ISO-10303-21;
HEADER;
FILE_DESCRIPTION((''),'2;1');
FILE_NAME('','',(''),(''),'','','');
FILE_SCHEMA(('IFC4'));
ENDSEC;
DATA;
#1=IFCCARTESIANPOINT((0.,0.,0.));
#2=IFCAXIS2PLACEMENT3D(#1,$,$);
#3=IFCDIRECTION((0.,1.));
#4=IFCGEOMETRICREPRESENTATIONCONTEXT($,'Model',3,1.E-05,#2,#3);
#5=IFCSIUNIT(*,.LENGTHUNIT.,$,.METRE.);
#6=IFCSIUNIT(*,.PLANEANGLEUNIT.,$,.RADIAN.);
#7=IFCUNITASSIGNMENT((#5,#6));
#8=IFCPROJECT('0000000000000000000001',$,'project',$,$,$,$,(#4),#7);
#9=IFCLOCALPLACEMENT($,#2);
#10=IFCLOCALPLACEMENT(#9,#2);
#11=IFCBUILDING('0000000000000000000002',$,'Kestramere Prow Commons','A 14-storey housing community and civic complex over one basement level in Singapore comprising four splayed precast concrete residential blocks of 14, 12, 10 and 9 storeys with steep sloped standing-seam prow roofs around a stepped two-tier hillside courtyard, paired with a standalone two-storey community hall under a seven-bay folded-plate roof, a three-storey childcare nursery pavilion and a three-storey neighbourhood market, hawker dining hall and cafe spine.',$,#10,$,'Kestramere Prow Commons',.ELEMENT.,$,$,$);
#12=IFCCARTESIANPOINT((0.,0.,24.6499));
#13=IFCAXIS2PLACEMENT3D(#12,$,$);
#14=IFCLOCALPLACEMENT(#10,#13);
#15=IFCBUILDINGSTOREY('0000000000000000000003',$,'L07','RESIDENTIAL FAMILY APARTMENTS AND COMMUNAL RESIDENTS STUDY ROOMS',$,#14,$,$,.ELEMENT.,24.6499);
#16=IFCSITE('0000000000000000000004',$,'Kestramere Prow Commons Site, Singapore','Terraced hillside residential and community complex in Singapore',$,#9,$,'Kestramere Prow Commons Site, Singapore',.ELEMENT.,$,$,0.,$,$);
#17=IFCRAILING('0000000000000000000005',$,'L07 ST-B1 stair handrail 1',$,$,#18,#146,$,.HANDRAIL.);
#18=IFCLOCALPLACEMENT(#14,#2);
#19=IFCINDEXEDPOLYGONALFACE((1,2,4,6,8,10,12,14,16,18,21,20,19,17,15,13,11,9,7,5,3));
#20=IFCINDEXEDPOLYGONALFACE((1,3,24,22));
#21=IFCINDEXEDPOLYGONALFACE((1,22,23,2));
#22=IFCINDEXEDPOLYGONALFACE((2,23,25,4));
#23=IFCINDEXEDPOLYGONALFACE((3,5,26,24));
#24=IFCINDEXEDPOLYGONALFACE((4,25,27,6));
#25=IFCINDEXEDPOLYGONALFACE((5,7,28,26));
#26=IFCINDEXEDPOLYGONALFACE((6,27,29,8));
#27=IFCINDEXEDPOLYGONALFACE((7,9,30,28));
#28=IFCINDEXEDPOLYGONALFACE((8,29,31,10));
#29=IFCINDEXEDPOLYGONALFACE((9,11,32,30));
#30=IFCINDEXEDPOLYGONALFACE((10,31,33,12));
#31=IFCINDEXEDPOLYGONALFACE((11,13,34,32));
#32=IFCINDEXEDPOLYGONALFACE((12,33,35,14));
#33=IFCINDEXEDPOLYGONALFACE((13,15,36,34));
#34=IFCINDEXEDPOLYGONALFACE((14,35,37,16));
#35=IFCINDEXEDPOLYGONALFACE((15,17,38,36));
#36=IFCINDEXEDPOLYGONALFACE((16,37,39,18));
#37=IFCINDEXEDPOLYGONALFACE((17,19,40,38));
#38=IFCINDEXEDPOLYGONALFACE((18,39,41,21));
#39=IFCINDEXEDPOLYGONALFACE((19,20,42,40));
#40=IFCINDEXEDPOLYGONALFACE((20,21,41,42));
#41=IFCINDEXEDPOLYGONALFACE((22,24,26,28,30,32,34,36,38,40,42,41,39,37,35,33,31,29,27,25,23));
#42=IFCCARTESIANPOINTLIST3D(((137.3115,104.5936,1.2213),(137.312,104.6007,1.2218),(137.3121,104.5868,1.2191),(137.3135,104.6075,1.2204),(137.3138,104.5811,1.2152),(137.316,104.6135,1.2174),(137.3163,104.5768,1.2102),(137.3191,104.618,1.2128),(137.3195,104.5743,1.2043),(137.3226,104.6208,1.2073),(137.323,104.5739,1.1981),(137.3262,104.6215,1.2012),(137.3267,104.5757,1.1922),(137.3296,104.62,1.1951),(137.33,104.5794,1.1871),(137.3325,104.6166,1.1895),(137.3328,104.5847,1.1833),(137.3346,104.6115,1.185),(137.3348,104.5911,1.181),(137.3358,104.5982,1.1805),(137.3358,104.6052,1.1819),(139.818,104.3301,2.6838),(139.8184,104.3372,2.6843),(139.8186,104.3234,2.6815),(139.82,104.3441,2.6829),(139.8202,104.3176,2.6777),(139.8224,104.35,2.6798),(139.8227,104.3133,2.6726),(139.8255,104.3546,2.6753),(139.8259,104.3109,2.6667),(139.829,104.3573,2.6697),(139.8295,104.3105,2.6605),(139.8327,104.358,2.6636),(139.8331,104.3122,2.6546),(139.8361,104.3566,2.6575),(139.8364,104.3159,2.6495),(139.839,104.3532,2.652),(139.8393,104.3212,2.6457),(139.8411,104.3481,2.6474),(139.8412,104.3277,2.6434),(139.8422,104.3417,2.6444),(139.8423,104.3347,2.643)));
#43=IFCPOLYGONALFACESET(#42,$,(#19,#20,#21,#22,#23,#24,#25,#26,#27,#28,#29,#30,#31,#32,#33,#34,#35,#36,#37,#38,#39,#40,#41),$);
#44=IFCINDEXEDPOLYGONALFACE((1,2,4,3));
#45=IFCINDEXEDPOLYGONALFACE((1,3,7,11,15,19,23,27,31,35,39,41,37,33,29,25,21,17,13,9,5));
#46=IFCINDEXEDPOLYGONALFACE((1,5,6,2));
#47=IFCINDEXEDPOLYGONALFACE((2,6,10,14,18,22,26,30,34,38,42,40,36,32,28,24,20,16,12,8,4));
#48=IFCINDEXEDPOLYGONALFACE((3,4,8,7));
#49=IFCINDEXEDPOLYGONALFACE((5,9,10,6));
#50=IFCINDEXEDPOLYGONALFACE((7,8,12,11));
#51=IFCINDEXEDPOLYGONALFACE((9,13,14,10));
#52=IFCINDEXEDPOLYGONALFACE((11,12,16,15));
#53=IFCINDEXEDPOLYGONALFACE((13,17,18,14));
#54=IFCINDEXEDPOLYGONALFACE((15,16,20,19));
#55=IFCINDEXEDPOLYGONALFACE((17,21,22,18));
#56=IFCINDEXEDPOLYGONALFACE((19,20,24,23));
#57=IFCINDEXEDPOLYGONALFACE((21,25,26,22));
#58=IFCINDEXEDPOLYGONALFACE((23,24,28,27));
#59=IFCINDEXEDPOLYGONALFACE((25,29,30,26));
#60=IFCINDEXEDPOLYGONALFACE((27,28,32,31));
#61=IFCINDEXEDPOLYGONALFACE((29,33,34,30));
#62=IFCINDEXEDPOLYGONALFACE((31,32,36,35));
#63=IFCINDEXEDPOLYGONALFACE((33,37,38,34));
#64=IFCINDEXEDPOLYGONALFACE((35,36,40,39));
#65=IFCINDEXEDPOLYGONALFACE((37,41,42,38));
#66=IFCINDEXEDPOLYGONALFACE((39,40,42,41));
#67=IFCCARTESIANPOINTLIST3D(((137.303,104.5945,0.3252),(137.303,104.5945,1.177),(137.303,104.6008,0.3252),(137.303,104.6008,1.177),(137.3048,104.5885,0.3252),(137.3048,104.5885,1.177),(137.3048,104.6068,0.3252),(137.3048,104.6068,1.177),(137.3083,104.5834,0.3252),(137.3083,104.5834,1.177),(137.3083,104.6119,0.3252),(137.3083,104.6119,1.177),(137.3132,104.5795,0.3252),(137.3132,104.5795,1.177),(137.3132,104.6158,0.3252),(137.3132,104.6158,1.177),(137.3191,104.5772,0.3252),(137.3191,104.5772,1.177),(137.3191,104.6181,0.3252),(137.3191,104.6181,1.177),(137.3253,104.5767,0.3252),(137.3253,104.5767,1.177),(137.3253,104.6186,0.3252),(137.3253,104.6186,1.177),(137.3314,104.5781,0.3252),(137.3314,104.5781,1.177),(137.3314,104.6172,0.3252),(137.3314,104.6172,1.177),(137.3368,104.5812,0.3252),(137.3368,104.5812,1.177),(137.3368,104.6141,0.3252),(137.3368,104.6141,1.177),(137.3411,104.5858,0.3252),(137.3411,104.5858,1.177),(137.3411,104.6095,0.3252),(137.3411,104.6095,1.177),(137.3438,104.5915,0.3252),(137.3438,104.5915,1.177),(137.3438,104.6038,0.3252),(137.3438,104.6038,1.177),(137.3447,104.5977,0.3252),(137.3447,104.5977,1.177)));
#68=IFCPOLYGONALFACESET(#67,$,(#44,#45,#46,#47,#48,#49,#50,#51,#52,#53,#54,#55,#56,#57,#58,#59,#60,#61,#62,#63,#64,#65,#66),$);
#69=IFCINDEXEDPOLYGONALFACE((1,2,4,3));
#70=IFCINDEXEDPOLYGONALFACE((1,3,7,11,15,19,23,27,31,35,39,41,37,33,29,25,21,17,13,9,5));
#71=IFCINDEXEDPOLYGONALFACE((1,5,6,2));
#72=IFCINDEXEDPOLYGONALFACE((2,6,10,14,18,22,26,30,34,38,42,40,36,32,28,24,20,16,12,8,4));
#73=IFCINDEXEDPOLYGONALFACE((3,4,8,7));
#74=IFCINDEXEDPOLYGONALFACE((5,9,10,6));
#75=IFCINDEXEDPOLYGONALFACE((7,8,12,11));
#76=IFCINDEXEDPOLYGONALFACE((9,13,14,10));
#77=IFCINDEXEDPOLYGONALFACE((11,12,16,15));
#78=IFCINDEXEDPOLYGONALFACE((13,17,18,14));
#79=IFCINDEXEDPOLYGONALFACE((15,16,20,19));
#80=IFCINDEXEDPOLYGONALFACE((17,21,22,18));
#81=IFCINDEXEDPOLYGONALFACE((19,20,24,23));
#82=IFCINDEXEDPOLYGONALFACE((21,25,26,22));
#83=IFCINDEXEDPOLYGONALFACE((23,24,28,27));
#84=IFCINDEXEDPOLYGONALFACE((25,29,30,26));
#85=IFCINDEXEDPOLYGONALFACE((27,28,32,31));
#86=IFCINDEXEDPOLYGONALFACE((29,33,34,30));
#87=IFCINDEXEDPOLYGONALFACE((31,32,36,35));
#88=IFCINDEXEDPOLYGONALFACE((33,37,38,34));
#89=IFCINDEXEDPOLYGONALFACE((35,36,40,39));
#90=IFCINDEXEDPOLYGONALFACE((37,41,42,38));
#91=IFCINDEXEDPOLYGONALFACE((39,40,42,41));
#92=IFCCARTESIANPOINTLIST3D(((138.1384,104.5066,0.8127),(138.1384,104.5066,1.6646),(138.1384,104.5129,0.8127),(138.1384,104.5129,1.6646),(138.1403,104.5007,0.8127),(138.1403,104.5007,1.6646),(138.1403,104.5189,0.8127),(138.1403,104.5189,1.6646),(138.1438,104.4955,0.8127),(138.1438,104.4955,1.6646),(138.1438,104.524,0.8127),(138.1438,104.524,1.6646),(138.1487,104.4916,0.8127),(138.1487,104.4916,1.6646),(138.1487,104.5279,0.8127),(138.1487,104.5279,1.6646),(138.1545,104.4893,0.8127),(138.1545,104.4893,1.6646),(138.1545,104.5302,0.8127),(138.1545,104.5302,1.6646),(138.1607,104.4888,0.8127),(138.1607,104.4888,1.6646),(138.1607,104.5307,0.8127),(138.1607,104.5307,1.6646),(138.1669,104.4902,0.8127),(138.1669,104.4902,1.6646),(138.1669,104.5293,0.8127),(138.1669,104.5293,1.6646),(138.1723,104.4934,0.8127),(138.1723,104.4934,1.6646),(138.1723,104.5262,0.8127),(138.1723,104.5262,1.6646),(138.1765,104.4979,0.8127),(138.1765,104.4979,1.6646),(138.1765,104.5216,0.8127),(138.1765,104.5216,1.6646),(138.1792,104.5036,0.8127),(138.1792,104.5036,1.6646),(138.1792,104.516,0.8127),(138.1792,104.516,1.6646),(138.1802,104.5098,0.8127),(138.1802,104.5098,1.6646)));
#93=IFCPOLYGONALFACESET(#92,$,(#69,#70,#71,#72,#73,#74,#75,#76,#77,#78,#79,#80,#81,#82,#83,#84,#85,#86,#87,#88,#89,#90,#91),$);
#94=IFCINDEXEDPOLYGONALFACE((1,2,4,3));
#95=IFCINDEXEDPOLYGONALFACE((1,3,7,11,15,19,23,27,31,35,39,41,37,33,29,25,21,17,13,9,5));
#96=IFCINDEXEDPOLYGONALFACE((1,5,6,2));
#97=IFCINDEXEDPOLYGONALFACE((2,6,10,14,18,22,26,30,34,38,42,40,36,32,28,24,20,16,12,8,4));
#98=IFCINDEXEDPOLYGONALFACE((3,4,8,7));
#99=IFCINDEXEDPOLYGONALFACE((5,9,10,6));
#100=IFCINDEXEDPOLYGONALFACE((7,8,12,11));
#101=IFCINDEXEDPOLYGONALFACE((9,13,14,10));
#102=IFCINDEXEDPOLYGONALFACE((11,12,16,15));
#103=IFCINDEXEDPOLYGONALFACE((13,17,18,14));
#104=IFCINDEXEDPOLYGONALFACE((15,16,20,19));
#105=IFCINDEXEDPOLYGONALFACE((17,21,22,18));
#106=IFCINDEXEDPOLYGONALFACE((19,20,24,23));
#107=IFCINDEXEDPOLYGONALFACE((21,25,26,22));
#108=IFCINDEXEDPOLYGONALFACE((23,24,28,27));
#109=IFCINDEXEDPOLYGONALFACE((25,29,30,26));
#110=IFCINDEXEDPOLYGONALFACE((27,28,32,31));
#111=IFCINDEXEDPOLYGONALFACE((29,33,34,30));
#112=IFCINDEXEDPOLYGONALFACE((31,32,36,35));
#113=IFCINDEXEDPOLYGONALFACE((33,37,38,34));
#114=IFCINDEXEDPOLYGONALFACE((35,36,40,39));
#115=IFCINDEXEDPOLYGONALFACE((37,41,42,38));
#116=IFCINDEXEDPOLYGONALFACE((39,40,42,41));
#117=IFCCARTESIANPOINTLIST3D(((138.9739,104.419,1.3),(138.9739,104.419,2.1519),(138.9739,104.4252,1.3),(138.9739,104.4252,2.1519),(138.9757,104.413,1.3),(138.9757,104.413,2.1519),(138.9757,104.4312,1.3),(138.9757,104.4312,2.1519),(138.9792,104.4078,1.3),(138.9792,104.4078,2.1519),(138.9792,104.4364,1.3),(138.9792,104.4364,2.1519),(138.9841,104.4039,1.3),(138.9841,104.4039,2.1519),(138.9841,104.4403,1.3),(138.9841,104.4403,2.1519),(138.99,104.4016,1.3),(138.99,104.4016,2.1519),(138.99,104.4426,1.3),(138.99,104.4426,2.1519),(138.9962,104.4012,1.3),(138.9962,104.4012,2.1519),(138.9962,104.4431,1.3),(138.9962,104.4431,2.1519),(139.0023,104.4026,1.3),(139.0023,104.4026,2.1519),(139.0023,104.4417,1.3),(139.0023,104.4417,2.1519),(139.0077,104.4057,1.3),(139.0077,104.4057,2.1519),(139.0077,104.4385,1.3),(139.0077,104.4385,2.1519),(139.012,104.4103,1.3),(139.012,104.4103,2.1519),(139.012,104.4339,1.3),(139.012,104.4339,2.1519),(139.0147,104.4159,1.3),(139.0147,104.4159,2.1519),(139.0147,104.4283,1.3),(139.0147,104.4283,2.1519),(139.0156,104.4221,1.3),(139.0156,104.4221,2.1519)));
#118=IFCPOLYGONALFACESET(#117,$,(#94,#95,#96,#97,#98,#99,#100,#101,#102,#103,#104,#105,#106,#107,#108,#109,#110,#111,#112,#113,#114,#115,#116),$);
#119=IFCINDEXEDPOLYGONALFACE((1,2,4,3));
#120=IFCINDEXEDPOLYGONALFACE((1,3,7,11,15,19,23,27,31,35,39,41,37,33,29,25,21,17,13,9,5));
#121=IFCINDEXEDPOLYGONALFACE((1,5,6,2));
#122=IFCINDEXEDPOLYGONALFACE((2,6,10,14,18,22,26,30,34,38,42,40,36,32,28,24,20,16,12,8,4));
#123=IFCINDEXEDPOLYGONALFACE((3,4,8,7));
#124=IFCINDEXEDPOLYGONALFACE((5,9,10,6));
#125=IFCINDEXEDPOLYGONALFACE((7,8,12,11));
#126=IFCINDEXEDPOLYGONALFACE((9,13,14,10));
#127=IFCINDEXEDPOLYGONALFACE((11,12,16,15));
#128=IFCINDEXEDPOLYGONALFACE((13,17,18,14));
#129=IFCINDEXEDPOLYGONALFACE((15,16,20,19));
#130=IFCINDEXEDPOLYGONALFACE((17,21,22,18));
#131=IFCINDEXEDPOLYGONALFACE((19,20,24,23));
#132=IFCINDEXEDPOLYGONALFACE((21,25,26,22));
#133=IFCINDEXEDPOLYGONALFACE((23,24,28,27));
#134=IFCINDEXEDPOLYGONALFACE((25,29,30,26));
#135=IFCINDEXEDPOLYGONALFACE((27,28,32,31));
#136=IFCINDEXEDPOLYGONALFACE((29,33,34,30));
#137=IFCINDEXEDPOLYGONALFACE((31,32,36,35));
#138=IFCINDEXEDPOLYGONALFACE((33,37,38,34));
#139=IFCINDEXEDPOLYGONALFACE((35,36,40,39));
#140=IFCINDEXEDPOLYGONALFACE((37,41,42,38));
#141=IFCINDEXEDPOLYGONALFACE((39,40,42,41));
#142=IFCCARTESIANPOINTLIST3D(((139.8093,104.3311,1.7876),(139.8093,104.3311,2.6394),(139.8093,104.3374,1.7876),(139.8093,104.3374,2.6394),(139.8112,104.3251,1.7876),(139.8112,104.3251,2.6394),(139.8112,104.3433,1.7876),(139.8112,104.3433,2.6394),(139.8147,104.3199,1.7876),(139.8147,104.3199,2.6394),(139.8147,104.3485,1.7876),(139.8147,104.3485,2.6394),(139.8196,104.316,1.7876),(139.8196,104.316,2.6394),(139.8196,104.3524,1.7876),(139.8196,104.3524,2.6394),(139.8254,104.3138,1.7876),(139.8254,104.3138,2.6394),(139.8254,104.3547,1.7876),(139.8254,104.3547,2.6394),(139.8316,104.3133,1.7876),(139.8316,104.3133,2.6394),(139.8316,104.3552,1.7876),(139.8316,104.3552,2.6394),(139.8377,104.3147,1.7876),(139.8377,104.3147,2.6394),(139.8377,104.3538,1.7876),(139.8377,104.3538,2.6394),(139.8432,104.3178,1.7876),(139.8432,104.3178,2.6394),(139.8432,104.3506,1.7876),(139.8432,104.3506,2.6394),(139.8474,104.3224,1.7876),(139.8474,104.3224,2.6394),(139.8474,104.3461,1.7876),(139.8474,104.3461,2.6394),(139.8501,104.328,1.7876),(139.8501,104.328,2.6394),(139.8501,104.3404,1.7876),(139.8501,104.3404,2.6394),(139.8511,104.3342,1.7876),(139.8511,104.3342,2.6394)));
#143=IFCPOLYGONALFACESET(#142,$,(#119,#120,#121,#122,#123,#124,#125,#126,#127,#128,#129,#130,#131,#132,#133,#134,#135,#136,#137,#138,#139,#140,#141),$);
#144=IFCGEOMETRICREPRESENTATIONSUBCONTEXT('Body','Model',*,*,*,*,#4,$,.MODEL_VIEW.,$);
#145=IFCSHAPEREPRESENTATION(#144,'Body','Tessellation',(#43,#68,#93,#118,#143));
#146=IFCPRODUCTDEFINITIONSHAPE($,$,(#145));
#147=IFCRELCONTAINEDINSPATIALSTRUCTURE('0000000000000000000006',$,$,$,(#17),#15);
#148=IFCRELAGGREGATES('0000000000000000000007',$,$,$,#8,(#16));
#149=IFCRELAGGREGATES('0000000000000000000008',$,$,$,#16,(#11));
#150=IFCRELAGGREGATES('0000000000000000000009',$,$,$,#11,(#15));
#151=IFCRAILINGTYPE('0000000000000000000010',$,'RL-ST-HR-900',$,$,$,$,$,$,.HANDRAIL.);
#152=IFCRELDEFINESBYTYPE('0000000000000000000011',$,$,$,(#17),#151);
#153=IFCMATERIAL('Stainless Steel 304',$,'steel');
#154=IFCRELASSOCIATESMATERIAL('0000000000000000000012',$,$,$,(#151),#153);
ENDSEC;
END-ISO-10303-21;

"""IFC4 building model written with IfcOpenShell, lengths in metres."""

from ifc_helpers import new_model, si_unit, direction, frame, origin, origin_2d, place, context, subcontext, project, spatial, circle, extrude, material, type_object, element, save


model = new_model("IFC4")

# Units and contexts
model_context = context("Model", 3, precision=1e-05, world=origin(), true_north=direction((0.0, 1.0)))
body_context = subcontext(model_context, "Body", "Model", "MODEL_VIEW")
ifc_project = project(units=[si_unit("LENGTHUNIT", "METRE"), si_unit("PLANEANGLEUNIT", "RADIAN")], contexts=[model_context])

# Site, building, storey
site_placement = place(None, origin())
site = spatial("IfcSite", under=ifc_project, at=site_placement, Name="Kestramere Prow Commons Site, Singapore", Description="Terraced hillside residential and community complex in Singapore", LongName="Kestramere Prow Commons Site, Singapore", CompositionType="ELEMENT", RefElevation=0.0)
building_placement = place(site_placement, origin())
building = spatial("IfcBuilding", under=site, at=building_placement, Name="Kestramere Prow Commons", Description="A 14-storey housing community and civic complex over one basement level in Singapore comprising four splayed precast concrete residential blocks of 14, 12, 10 and 9 storeys with steep sloped standing-seam prow roofs around a stepped two-tier hillside courtyard, paired with a standalone two-storey community hall under a seven-bay folded-plate roof, a three-storey childcare nursery pavilion and a three-storey neighbourhood market, hawker dining hall and cafe spine.", LongName="Kestramere Prow Commons", CompositionType="ELEMENT")
storey_placement = place(building_placement, frame((0.0, 0.0, 24.6499)))
storey = spatial("IfcBuildingStorey", under=building, at=storey_placement, Name="L07", Description="RESIDENTIAL FAMILY APARTMENTS AND COMMUNAL RESIDENTS STUDY ROOMS", CompositionType="ELEMENT", Elevation=24.6499)

# Railing
ifc_material_1 = material(Name="Stainless Steel 304", Category="steel")
railing_type_1 = type_object("IfcRailingType", Name="RL-ST-HR-900", PredefinedType="HANDRAIL", material=ifc_material_1)
railing_1_placement = place(storey_placement, frame((137.3237, 104.5977, 0.3252)))
element("IfcRailing", 1, at=railing_1_placement, inside=storey, type_object=railing_type_1, Name="L07 ST-B1 stair handrail 1", PredefinedType="HANDRAIL", context=body_context, shape_type="SweptSolid", body=[
    extrude(circle(Radius=0.0239, at=origin_2d()), frame((0.0, 0.0, 0.876), z_axis=(0.860187, -0.090409, 0.501901), x_axis=(0.104528, 0.994522, 0.0)), (0.0, 0.0, 1.0), 2.9138),
    extrude(circle(Radius=0.021, at=origin_2d()), origin(), (0.0, 0.0, 1.0), 0.8518),
    extrude(circle(Radius=0.021, at=origin_2d()), frame((0.8354, -0.0879, 0.4875)), (0.0, 0.0, 1.0), 0.8518),
    extrude(circle(Radius=0.021, at=origin_2d()), frame((1.6709, -0.1755, 0.9749)), (0.0, 0.0, 1.0), 0.8518),
    extrude(circle(Radius=0.021, at=origin_2d()), frame((2.5063, -0.2634, 1.4624)), (0.0, 0.0, 1.0), 0.8518),
])

save(model, "model.ifc")
